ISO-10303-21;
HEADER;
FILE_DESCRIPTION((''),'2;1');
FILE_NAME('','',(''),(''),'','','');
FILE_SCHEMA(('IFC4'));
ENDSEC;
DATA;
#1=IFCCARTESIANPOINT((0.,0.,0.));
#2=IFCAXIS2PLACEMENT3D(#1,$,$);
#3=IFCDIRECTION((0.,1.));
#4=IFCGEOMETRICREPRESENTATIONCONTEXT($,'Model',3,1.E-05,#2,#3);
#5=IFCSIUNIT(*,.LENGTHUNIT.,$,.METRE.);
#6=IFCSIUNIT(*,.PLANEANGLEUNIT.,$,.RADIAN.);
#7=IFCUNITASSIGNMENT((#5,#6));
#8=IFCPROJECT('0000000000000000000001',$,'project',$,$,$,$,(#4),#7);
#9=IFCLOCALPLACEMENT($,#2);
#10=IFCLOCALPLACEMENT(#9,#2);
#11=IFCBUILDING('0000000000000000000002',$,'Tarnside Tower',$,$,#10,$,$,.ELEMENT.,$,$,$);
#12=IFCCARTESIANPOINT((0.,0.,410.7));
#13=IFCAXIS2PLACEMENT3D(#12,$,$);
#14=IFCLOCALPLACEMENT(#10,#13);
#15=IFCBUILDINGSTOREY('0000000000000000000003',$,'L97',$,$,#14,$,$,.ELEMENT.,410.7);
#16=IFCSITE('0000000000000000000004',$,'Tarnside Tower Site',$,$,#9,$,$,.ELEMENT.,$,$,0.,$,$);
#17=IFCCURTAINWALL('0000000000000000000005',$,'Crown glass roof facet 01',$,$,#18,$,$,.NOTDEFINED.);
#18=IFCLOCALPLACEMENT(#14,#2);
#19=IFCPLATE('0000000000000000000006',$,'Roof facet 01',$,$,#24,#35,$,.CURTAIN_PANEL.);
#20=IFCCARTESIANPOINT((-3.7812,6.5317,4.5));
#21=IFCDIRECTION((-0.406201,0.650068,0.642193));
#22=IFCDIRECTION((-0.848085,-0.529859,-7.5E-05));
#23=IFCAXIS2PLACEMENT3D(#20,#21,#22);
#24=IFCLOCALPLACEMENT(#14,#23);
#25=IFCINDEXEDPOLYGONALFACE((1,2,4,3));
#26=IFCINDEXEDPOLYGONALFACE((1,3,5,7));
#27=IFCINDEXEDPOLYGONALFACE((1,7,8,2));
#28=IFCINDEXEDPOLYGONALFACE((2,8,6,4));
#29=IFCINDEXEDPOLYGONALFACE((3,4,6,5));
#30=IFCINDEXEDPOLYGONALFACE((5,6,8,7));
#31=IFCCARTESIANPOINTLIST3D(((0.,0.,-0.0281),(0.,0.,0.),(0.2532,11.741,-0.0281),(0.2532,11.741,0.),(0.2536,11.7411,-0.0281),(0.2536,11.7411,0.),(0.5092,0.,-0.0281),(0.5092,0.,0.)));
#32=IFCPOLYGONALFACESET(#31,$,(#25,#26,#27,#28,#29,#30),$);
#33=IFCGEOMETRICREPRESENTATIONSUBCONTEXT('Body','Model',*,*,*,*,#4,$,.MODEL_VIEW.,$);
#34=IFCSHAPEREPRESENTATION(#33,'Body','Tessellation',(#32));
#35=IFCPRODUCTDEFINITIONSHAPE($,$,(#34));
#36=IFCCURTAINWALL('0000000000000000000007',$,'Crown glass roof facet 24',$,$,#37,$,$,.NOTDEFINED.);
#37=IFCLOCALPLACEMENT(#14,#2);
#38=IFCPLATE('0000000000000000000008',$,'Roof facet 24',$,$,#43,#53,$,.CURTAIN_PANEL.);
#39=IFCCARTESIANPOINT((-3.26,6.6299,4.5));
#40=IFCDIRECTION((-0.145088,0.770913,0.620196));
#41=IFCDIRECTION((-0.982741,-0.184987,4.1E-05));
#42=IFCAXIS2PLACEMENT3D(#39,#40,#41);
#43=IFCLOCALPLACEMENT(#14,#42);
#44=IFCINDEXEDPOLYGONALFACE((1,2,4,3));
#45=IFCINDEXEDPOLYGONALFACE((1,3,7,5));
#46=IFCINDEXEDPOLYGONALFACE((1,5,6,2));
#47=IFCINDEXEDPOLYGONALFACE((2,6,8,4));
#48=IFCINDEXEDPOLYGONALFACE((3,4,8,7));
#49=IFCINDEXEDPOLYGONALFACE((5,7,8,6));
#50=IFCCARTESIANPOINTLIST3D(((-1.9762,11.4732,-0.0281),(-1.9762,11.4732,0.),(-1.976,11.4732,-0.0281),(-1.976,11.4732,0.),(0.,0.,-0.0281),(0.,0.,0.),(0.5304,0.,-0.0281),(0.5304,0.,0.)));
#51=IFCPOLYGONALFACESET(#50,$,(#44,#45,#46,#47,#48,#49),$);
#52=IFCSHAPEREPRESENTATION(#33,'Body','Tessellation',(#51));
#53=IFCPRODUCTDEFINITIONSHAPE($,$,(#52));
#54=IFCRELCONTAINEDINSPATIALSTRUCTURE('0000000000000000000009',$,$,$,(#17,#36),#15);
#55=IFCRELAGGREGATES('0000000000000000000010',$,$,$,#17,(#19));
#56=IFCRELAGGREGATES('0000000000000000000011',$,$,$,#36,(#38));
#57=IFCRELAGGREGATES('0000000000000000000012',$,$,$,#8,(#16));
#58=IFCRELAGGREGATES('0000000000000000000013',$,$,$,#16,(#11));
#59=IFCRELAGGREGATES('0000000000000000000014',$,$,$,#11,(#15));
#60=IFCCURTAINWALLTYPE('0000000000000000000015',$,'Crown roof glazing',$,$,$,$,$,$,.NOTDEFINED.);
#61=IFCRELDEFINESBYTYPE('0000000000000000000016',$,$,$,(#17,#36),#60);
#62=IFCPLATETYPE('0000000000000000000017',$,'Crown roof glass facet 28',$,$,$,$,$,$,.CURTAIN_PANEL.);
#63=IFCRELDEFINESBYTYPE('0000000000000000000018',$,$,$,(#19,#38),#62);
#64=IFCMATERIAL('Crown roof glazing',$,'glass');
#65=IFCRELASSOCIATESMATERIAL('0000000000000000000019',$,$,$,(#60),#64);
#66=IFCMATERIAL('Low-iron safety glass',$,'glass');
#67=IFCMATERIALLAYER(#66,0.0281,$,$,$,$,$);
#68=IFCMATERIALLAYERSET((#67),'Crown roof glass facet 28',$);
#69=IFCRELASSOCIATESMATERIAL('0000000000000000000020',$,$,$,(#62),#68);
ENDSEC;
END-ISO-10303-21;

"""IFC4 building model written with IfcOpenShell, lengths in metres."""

from ifc_helpers import new_model, si_unit, direction, frame, origin, place, context, subcontext, project, spatial, polyline, outline, extrude, material, layer, layer_set, type_object, element, aggregate, save


model = new_model("IFC4")

# Units and contexts
model_context = context("Model", 3, precision=1e-05, world=origin(), true_north=direction((0.0, 1.0)))
body_context = subcontext(model_context, "Body", "Model", "MODEL_VIEW")
ifc_project = project(units=[si_unit("LENGTHUNIT", "METRE"), si_unit("PLANEANGLEUNIT", "RADIAN")], contexts=[model_context])

# Site, building, storey
site_placement = place(None, origin())
site = spatial("IfcSite", under=ifc_project, at=site_placement, Name="Tarnside Tower Site", CompositionType="ELEMENT", RefElevation=0.0)
building_placement = place(site_placement, origin())
building = spatial("IfcBuilding", under=site, at=building_placement, Name="Tarnside Tower", CompositionType="ELEMENT")
storey_placement = place(building_placement, frame((0.0, 0.0, 410.7)))
storey = spatial("IfcBuildingStorey", under=building, at=storey_placement, Name="L97", CompositionType="ELEMENT", Elevation=410.7)

# Shared definitions
ifc_material_1 = material(Name="Low-iron safety glass", Category="glass")

# Curtain walls, plates
ifc_material_2 = material(Name="Crown roof glazing", Category="glass")
curtain_wall_type_1 = type_object("IfcCurtainWallType", Name="Crown roof glazing", PredefinedType="NOTDEFINED", material=ifc_material_2)
curtain_wall_1_placement = place(storey_placement, origin())
curtain_wall_1 = element("IfcCurtainWall", 1, at=curtain_wall_1_placement, inside=storey, type_object=curtain_wall_type_1, Name="Crown glass roof facet 01", PredefinedType="NOTDEFINED")
ifc_layer_1 = layer(ifc_material_1, 0.0281)
ifc_layer_set_1 = layer_set([ifc_layer_1], Name="Crown roof glass facet 28")
plate_type_1 = type_object("IfcPlateType", Name="Crown roof glass facet 28", PredefinedType="CURTAIN_PANEL", material=ifc_layer_set_1)
plate_1_placement = place(storey_placement, frame((-3.7812, 6.5317, 4.5), z_axis=(-0.406201, 0.650068, 0.642193), x_axis=(-0.848085, -0.529859, -0.000075)))
plate_1 = element("IfcPlate", 2, at=plate_1_placement, type_object=plate_type_1, Name="Roof facet 01", PredefinedType="CURTAIN_PANEL", context=body_context, shape_type="SweptSolid", body=[
    extrude(outline(polyline([(0.0, 0.0), (0.5092, 0.0), (0.2536, 11.7411), (0.2532, 11.741), (0.0, 0.0)])), origin(), (0.0, 0.0, -1.0), 0.0281),
])
aggregate(curtain_wall_1, [plate_1])
curtain_wall_2_placement = place(storey_placement, origin())
curtain_wall_2 = element("IfcCurtainWall", 3, at=curtain_wall_2_placement, inside=storey, type_object=curtain_wall_type_1, Name="Crown glass roof facet 24", PredefinedType="NOTDEFINED")
plate_2_placement = place(storey_placement, frame((-3.26, 6.6299, 4.5), z_axis=(-0.145088, 0.770913, 0.620196), x_axis=(-0.982741, -0.184987, 0.000041)))
plate_2 = element("IfcPlate", 4, at=plate_2_placement, type_object=plate_type_1, Name="Roof facet 24", PredefinedType="CURTAIN_PANEL", context=body_context, shape_type="SweptSolid", body=[
    extrude(outline(polyline([(0.0, 0.0), (0.5304, 0.0), (-1.976, 11.4732), (-1.9762, 11.4732), (0.0, 0.0)])), origin(), (0.0, 0.0, -1.0), 0.0281),
])
aggregate(curtain_wall_2, [plate_2])

save(model, "model.ifc")
